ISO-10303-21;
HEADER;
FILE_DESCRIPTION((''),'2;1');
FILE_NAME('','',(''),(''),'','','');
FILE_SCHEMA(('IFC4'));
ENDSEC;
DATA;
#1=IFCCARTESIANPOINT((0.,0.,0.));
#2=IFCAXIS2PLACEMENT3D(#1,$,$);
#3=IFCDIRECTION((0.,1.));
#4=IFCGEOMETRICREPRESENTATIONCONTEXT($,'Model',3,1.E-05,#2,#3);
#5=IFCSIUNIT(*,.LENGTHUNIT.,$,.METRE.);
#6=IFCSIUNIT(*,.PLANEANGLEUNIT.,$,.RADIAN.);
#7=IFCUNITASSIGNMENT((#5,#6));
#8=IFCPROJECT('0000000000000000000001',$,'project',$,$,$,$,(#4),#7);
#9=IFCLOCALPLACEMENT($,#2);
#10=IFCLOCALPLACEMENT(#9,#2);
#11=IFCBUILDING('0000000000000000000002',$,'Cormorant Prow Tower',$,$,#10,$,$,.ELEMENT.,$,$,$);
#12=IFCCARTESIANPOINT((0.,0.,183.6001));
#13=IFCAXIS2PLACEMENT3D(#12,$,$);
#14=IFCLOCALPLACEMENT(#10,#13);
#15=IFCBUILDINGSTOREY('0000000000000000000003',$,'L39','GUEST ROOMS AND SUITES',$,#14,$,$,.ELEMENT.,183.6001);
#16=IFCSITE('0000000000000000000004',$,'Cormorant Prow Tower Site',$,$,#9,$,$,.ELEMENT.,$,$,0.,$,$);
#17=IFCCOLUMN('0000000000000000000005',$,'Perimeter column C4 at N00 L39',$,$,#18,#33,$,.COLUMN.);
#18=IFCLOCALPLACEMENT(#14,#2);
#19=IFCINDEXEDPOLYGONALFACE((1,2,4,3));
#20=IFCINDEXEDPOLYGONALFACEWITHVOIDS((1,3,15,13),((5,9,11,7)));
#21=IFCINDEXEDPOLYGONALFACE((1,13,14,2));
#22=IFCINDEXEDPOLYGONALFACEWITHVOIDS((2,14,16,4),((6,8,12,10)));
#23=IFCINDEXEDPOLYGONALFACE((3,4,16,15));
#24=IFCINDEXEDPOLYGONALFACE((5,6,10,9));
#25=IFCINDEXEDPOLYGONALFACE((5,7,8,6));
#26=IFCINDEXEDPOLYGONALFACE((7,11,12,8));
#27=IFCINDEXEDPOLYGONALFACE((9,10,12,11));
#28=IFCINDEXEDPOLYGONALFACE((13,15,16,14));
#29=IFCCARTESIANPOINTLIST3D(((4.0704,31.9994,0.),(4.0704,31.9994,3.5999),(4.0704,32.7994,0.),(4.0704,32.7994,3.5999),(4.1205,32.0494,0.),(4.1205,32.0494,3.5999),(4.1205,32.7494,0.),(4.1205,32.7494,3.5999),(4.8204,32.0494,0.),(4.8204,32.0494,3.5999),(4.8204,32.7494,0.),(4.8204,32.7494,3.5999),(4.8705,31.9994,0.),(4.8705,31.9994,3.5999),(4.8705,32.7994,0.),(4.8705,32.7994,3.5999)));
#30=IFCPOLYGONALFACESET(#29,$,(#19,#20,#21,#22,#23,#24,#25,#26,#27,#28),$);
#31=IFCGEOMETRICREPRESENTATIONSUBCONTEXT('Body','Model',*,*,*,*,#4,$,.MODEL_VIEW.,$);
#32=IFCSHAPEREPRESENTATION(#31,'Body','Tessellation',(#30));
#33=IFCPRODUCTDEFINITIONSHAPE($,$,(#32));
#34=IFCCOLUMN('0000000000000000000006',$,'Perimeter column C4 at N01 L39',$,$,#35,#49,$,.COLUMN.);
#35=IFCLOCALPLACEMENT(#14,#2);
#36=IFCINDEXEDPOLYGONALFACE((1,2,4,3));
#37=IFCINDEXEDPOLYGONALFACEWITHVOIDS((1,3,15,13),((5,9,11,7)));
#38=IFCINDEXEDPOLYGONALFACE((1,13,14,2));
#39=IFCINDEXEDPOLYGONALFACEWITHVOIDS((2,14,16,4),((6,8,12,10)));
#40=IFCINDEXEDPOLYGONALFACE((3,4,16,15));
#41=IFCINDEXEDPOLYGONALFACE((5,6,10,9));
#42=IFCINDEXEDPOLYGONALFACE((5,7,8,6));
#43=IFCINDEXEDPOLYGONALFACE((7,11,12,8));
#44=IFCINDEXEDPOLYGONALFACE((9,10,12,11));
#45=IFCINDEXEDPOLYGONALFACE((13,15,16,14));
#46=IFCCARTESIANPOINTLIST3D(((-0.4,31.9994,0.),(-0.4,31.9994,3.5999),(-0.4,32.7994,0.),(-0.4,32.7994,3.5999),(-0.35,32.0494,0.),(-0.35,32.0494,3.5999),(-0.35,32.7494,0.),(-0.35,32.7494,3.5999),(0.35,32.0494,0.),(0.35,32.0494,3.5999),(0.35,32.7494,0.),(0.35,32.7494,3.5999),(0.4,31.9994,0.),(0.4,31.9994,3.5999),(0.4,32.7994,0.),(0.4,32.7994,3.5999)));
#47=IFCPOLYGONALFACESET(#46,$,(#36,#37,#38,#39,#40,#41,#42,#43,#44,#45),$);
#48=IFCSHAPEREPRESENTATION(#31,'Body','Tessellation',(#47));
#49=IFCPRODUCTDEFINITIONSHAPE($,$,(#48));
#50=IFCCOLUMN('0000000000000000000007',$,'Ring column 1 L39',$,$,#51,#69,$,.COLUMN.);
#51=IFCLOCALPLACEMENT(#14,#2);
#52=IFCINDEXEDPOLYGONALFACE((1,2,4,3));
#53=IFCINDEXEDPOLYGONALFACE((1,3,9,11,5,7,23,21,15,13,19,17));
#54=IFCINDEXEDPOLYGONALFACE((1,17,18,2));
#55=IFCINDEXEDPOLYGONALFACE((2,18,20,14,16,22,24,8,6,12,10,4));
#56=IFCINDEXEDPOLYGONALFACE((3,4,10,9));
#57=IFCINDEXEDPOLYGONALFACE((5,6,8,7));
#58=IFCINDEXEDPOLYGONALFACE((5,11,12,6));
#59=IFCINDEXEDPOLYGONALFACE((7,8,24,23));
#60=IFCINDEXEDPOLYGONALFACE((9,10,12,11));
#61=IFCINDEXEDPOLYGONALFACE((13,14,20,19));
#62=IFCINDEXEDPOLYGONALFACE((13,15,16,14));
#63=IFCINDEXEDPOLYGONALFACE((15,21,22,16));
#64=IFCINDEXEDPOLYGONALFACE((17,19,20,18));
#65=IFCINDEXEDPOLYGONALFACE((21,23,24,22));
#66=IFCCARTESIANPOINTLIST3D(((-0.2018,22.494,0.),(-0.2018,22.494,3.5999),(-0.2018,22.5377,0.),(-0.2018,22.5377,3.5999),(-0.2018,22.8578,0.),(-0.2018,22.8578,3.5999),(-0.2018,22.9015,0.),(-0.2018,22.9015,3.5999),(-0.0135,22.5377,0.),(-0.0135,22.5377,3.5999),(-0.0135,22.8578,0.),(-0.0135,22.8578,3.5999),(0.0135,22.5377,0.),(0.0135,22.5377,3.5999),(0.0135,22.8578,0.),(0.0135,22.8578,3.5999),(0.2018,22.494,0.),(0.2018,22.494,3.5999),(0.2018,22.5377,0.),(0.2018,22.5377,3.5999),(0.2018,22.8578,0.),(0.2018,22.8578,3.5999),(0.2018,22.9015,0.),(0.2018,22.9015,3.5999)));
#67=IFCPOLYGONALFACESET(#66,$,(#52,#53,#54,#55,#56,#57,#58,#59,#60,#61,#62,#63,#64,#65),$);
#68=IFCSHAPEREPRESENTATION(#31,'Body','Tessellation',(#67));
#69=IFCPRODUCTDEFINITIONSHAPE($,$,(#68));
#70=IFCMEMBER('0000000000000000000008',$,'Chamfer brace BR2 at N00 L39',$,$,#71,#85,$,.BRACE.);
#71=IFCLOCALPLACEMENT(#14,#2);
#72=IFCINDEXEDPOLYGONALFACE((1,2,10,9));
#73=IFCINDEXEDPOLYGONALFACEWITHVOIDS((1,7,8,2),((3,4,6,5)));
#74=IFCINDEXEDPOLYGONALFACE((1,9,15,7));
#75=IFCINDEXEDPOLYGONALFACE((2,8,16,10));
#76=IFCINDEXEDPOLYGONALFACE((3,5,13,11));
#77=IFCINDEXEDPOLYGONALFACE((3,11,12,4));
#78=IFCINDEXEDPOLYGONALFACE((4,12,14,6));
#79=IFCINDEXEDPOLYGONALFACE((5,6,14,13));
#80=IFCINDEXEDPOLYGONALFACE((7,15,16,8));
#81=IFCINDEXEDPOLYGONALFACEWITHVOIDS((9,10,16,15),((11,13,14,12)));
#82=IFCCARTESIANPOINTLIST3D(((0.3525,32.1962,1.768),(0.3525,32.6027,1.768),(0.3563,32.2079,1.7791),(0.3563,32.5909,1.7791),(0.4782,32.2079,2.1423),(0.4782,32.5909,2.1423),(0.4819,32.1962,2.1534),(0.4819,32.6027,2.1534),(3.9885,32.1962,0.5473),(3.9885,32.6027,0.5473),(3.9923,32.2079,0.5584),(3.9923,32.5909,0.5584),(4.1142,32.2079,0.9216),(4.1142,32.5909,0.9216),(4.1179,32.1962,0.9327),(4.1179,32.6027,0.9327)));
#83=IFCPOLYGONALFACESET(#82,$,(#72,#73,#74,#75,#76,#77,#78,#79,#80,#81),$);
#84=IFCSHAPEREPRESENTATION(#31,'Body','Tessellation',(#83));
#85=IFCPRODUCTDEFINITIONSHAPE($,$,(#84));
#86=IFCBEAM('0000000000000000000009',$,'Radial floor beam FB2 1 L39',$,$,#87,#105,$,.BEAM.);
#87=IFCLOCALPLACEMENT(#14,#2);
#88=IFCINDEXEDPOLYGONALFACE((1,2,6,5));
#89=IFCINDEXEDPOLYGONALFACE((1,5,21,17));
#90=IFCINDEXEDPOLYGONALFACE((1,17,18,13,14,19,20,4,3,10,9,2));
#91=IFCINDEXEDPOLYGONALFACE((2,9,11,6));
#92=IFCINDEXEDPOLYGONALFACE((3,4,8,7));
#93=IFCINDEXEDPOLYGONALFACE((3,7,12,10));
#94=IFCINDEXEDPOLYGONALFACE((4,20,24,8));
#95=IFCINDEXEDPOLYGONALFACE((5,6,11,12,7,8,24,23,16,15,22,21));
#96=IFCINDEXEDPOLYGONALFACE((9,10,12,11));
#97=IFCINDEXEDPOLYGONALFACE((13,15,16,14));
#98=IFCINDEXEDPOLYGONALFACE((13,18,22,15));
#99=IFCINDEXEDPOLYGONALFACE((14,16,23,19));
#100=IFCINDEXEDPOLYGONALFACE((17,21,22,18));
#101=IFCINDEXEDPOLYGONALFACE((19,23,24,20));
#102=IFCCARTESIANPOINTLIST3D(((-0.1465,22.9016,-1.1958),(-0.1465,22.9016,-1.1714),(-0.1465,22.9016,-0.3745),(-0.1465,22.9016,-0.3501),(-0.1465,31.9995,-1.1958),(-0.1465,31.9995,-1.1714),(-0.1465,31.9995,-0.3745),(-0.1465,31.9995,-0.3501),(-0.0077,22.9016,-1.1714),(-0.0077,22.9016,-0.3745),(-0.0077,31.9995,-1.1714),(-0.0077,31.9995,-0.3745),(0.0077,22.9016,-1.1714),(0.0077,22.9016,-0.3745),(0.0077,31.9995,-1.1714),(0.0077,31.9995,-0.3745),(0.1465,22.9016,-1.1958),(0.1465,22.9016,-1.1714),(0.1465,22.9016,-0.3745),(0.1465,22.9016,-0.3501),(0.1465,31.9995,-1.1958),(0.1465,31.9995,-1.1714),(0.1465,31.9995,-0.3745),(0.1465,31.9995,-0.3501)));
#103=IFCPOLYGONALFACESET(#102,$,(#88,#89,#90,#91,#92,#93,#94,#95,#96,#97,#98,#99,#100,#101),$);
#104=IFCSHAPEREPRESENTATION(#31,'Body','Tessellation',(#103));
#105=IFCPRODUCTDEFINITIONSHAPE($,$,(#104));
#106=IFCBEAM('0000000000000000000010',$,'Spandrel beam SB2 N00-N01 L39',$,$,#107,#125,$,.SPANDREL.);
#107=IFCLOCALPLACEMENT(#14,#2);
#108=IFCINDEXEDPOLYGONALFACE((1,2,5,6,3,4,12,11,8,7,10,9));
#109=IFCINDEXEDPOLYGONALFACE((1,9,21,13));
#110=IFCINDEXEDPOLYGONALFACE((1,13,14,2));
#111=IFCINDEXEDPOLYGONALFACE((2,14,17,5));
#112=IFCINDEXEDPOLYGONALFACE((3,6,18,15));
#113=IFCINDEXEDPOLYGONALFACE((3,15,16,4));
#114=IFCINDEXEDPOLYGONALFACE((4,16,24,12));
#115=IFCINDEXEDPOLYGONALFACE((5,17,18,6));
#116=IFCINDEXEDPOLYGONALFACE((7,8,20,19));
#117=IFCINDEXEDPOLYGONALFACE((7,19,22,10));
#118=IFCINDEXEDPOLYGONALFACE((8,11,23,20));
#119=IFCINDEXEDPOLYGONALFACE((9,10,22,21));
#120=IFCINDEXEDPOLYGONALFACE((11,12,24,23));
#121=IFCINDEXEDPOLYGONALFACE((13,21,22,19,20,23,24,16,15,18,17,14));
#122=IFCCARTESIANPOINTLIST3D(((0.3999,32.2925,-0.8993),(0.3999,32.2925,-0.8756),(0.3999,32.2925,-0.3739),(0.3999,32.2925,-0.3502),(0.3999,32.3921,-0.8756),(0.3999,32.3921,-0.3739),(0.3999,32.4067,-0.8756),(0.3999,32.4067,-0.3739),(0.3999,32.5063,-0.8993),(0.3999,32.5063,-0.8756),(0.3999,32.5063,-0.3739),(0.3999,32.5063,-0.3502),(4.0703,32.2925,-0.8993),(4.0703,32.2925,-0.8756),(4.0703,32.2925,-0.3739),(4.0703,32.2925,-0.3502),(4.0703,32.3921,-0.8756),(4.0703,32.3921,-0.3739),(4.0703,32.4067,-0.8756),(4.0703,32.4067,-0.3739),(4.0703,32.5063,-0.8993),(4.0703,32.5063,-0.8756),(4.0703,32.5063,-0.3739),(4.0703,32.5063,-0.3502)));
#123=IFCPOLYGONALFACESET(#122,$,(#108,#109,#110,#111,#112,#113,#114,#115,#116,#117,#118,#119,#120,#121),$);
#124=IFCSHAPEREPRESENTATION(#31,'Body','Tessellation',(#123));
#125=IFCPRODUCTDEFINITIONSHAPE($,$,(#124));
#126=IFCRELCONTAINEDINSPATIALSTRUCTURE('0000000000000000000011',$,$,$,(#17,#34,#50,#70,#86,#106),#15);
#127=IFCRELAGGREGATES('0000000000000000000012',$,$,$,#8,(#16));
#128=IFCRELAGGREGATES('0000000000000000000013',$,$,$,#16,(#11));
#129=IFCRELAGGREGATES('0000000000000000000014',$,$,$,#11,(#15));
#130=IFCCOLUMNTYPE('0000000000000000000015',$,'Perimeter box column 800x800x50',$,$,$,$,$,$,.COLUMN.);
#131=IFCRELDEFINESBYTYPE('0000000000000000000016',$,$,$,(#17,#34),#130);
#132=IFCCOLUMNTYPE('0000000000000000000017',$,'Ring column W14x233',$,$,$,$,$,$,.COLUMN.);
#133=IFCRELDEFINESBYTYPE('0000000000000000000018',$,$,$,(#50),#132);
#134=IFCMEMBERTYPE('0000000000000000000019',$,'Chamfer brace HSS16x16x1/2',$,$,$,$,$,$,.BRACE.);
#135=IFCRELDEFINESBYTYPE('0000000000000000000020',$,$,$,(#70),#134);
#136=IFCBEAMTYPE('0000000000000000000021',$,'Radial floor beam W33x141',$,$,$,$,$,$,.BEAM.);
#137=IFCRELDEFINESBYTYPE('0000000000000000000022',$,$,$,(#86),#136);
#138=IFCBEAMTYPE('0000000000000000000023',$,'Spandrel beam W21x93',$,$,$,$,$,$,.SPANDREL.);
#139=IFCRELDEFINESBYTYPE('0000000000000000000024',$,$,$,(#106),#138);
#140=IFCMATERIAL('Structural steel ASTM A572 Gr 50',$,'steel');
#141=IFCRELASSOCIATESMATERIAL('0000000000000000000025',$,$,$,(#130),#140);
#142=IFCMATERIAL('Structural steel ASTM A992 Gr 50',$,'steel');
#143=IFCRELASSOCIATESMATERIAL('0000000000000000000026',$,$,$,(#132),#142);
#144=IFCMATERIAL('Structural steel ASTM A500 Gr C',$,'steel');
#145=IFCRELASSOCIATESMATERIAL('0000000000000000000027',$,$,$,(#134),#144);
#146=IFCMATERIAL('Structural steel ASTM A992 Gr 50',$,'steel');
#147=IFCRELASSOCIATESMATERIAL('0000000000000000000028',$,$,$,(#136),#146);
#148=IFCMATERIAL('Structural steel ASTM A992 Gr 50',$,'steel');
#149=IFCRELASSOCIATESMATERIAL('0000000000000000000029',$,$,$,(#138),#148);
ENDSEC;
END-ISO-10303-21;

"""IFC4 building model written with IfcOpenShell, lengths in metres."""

from ifc_helpers import new_model, si_unit, direction, frame, origin, origin_2d, place, context, subcontext, project, spatial, hollow_rectangle, i_section, extrude, material, material_profile, profile_set, type_object, element, save


model = new_model("IFC4")

# Units and contexts
model_context = context("Model", 3, precision=1e-05, world=origin(), true_north=direction((0.0, 1.0)))
body_context = subcontext(model_context, "Body", "Model", "MODEL_VIEW")
ifc_project = project(units=[si_unit("LENGTHUNIT", "METRE"), si_unit("PLANEANGLEUNIT", "RADIAN")], contexts=[model_context])

# Site, building, storey
site_placement = place(None, origin())
site = spatial("IfcSite", under=ifc_project, at=site_placement, Name="Cormorant Prow Tower Site", CompositionType="ELEMENT", RefElevation=0.0)
building_placement = place(site_placement, origin())
building = spatial("IfcBuilding", under=site, at=building_placement, Name="Cormorant Prow Tower", CompositionType="ELEMENT")
storey_placement = place(building_placement, frame((0.0, 0.0, 183.6001)))
storey = spatial("IfcBuildingStorey", under=building, at=storey_placement, Name="L39", Description="GUEST ROOMS AND SUITES", CompositionType="ELEMENT", Elevation=183.6001)

# Columns
ifc_material_1 = material(Name="Structural steel ASTM A572 Gr 50", Category="steel")
ifc_material_profile_1 = material_profile(ifc_material_1, hollow_rectangle(XDim=0.8, YDim=0.8, WallThickness=0.05, at=origin_2d()), Name="Box 800x800x50")
ifc_profile_set_1 = profile_set([ifc_material_profile_1], Name="Structural steel ASTM A572 Gr 50")
column_type_1 = type_object("IfcColumnType", Name="Perimeter box column 800x800x50", PredefinedType="COLUMN", material=ifc_profile_set_1)
for number, where, z_axis, x_axis, name in (
    (1, (4.4705, 32.3994, 0.0), (0.0, 0.0, 1.0), (1.0, 0.0, 0.0), "Perimeter column C4 at N00 L39"),
    (2, (0.0, 32.3994, 0.0), (0.0, 0.0, 1.0), (1.0, 0.0, 0.0), "Perimeter column C4 at N01 L39"),
):
    element("IfcColumn", number, at=place(storey_placement, frame(where, z_axis=z_axis, x_axis=x_axis)), inside=storey, type_object=column_type_1, Name=name, PredefinedType="COLUMN", context=body_context, shape_type="SweptSolid", body=[
        extrude(hollow_rectangle(XDim=0.8, YDim=0.8, WallThickness=0.05, at=origin_2d()), origin(), (0.0, 0.0, 1.0), 3.5999),
    ])
ifc_material_2 = material(Name="Structural steel ASTM A992 Gr 50", Category="steel")
ifc_material_profile_2 = material_profile(ifc_material_2, i_section(OverallWidth=0.4036, OverallDepth=0.4075, WebThickness=0.0271, FlangeThickness=0.0437, at=origin_2d()), Name="W14x233")
ifc_profile_set_2 = profile_set([ifc_material_profile_2], Name="Structural steel ASTM A992 Gr 50")
column_type_2 = type_object("IfcColumnType", Name="Ring column W14x233", PredefinedType="COLUMN", material=ifc_profile_set_2)
column_placement = place(storey_placement, frame((0.0, 22.6978, 0.0), z_axis=(0.0, 0.0, 1.0), x_axis=(1.0, 0.0, 0.0)))
element("IfcColumn", 3, at=column_placement, inside=storey, type_object=column_type_2, Name="Ring column 1 L39", PredefinedType="COLUMN", context=body_context, shape_type="SweptSolid", body=[
    extrude(i_section(OverallWidth=0.4036, OverallDepth=0.4075, WebThickness=0.0271, FlangeThickness=0.0437, at=origin_2d()), origin(), (0.0, 0.0, 1.0), 3.5999),
])

# Member
ifc_material_3 = material(Name="Structural steel ASTM A500 Gr C", Category="steel")
ifc_material_profile_3 = material_profile(ifc_material_3, hollow_rectangle(XDim=0.4065, YDim=0.4065, WallThickness=0.0117, at=origin_2d()), Name="HSS16x16x1/2")
ifc_profile_set_3 = profile_set([ifc_material_profile_3], Name="Structural steel ASTM A500 Gr C")
member_type = type_object("IfcMemberType", Name="Chamfer brace HSS16x16x1/2", PredefinedType="BRACE", material=ifc_profile_set_3)
member_placement = place(storey_placement, frame((4.0532, 32.3994, 0.74), z_axis=(-0.948, 0.0, 0.31827), x_axis=(0.0, -1.0, 0.0)))
element("IfcMember", 4, at=member_placement, inside=storey, type_object=member_type, Name="Chamfer brace BR2 at N00 L39", PredefinedType="BRACE", context=body_context, shape_type="SweptSolid", body=[
    extrude(hollow_rectangle(XDim=0.4065, YDim=0.4065, WallThickness=0.0117, at=origin_2d()), origin(), (0.0, 0.0, 1.0), 3.8354),
])

# Beams
ifc_material_4 = material(Name="Structural steel ASTM A992 Gr 50", Category="steel")
ifc_material_profile_4 = material_profile(ifc_material_4, i_section(OverallWidth=0.293, OverallDepth=0.8457, WebThickness=0.0154, FlangeThickness=0.0244, at=origin_2d()), Name="W33x141")
ifc_profile_set_4 = profile_set([ifc_material_profile_4], Name="Structural steel ASTM A992 Gr 50")
beam_type_1 = type_object("IfcBeamType", Name="Radial floor beam W33x141", PredefinedType="BEAM", material=ifc_profile_set_4)
beam_1_placement = place(storey_placement, frame((0.0, 22.9016, -0.7729), z_axis=(0.0, 1.0, 0.0), x_axis=(-1.0, 0.0, 0.0)))
element("IfcBeam", 5, at=beam_1_placement, inside=storey, type_object=beam_type_1, Name="Radial floor beam FB2 1 L39", PredefinedType="BEAM", context=body_context, shape_type="SweptSolid", body=[
    extrude(i_section(OverallWidth=0.293, OverallDepth=0.8457, WebThickness=0.0154, FlangeThickness=0.0244, at=origin_2d()), origin(), (0.0, 0.0, 1.0), 9.0979),
])
ifc_material_5 = material(Name="Structural steel ASTM A992 Gr 50", Category="steel")
ifc_material_profile_5 = material_profile(ifc_material_5, i_section(OverallWidth=0.2139, OverallDepth=0.5491, WebThickness=0.0146, FlangeThickness=0.0237, at=origin_2d()), Name="W21x93")
ifc_profile_set_5 = profile_set([ifc_material_profile_5], Name="Structural steel ASTM A992 Gr 50")
beam_type_2 = type_object("IfcBeamType", Name="Spandrel beam W21x93", PredefinedType="SPANDREL", material=ifc_profile_set_5)
beam_2_placement = place(storey_placement, frame((4.0703, 32.3994, -0.6248), z_axis=(-1.0, 0.0, 0.0), x_axis=(0.0, -1.0, 0.0)))
element("IfcBeam", 6, at=beam_2_placement, inside=storey, type_object=beam_type_2, Name="Spandrel beam SB2 N00-N01 L39", PredefinedType="SPANDREL", context=body_context, shape_type="SweptSolid", body=[
    extrude(i_section(OverallWidth=0.2139, OverallDepth=0.5491, WebThickness=0.0146, FlangeThickness=0.0237, at=origin_2d()), origin(), (0.0, 0.0, 1.0), 3.6704),
])

save(model, "model.ifc")
